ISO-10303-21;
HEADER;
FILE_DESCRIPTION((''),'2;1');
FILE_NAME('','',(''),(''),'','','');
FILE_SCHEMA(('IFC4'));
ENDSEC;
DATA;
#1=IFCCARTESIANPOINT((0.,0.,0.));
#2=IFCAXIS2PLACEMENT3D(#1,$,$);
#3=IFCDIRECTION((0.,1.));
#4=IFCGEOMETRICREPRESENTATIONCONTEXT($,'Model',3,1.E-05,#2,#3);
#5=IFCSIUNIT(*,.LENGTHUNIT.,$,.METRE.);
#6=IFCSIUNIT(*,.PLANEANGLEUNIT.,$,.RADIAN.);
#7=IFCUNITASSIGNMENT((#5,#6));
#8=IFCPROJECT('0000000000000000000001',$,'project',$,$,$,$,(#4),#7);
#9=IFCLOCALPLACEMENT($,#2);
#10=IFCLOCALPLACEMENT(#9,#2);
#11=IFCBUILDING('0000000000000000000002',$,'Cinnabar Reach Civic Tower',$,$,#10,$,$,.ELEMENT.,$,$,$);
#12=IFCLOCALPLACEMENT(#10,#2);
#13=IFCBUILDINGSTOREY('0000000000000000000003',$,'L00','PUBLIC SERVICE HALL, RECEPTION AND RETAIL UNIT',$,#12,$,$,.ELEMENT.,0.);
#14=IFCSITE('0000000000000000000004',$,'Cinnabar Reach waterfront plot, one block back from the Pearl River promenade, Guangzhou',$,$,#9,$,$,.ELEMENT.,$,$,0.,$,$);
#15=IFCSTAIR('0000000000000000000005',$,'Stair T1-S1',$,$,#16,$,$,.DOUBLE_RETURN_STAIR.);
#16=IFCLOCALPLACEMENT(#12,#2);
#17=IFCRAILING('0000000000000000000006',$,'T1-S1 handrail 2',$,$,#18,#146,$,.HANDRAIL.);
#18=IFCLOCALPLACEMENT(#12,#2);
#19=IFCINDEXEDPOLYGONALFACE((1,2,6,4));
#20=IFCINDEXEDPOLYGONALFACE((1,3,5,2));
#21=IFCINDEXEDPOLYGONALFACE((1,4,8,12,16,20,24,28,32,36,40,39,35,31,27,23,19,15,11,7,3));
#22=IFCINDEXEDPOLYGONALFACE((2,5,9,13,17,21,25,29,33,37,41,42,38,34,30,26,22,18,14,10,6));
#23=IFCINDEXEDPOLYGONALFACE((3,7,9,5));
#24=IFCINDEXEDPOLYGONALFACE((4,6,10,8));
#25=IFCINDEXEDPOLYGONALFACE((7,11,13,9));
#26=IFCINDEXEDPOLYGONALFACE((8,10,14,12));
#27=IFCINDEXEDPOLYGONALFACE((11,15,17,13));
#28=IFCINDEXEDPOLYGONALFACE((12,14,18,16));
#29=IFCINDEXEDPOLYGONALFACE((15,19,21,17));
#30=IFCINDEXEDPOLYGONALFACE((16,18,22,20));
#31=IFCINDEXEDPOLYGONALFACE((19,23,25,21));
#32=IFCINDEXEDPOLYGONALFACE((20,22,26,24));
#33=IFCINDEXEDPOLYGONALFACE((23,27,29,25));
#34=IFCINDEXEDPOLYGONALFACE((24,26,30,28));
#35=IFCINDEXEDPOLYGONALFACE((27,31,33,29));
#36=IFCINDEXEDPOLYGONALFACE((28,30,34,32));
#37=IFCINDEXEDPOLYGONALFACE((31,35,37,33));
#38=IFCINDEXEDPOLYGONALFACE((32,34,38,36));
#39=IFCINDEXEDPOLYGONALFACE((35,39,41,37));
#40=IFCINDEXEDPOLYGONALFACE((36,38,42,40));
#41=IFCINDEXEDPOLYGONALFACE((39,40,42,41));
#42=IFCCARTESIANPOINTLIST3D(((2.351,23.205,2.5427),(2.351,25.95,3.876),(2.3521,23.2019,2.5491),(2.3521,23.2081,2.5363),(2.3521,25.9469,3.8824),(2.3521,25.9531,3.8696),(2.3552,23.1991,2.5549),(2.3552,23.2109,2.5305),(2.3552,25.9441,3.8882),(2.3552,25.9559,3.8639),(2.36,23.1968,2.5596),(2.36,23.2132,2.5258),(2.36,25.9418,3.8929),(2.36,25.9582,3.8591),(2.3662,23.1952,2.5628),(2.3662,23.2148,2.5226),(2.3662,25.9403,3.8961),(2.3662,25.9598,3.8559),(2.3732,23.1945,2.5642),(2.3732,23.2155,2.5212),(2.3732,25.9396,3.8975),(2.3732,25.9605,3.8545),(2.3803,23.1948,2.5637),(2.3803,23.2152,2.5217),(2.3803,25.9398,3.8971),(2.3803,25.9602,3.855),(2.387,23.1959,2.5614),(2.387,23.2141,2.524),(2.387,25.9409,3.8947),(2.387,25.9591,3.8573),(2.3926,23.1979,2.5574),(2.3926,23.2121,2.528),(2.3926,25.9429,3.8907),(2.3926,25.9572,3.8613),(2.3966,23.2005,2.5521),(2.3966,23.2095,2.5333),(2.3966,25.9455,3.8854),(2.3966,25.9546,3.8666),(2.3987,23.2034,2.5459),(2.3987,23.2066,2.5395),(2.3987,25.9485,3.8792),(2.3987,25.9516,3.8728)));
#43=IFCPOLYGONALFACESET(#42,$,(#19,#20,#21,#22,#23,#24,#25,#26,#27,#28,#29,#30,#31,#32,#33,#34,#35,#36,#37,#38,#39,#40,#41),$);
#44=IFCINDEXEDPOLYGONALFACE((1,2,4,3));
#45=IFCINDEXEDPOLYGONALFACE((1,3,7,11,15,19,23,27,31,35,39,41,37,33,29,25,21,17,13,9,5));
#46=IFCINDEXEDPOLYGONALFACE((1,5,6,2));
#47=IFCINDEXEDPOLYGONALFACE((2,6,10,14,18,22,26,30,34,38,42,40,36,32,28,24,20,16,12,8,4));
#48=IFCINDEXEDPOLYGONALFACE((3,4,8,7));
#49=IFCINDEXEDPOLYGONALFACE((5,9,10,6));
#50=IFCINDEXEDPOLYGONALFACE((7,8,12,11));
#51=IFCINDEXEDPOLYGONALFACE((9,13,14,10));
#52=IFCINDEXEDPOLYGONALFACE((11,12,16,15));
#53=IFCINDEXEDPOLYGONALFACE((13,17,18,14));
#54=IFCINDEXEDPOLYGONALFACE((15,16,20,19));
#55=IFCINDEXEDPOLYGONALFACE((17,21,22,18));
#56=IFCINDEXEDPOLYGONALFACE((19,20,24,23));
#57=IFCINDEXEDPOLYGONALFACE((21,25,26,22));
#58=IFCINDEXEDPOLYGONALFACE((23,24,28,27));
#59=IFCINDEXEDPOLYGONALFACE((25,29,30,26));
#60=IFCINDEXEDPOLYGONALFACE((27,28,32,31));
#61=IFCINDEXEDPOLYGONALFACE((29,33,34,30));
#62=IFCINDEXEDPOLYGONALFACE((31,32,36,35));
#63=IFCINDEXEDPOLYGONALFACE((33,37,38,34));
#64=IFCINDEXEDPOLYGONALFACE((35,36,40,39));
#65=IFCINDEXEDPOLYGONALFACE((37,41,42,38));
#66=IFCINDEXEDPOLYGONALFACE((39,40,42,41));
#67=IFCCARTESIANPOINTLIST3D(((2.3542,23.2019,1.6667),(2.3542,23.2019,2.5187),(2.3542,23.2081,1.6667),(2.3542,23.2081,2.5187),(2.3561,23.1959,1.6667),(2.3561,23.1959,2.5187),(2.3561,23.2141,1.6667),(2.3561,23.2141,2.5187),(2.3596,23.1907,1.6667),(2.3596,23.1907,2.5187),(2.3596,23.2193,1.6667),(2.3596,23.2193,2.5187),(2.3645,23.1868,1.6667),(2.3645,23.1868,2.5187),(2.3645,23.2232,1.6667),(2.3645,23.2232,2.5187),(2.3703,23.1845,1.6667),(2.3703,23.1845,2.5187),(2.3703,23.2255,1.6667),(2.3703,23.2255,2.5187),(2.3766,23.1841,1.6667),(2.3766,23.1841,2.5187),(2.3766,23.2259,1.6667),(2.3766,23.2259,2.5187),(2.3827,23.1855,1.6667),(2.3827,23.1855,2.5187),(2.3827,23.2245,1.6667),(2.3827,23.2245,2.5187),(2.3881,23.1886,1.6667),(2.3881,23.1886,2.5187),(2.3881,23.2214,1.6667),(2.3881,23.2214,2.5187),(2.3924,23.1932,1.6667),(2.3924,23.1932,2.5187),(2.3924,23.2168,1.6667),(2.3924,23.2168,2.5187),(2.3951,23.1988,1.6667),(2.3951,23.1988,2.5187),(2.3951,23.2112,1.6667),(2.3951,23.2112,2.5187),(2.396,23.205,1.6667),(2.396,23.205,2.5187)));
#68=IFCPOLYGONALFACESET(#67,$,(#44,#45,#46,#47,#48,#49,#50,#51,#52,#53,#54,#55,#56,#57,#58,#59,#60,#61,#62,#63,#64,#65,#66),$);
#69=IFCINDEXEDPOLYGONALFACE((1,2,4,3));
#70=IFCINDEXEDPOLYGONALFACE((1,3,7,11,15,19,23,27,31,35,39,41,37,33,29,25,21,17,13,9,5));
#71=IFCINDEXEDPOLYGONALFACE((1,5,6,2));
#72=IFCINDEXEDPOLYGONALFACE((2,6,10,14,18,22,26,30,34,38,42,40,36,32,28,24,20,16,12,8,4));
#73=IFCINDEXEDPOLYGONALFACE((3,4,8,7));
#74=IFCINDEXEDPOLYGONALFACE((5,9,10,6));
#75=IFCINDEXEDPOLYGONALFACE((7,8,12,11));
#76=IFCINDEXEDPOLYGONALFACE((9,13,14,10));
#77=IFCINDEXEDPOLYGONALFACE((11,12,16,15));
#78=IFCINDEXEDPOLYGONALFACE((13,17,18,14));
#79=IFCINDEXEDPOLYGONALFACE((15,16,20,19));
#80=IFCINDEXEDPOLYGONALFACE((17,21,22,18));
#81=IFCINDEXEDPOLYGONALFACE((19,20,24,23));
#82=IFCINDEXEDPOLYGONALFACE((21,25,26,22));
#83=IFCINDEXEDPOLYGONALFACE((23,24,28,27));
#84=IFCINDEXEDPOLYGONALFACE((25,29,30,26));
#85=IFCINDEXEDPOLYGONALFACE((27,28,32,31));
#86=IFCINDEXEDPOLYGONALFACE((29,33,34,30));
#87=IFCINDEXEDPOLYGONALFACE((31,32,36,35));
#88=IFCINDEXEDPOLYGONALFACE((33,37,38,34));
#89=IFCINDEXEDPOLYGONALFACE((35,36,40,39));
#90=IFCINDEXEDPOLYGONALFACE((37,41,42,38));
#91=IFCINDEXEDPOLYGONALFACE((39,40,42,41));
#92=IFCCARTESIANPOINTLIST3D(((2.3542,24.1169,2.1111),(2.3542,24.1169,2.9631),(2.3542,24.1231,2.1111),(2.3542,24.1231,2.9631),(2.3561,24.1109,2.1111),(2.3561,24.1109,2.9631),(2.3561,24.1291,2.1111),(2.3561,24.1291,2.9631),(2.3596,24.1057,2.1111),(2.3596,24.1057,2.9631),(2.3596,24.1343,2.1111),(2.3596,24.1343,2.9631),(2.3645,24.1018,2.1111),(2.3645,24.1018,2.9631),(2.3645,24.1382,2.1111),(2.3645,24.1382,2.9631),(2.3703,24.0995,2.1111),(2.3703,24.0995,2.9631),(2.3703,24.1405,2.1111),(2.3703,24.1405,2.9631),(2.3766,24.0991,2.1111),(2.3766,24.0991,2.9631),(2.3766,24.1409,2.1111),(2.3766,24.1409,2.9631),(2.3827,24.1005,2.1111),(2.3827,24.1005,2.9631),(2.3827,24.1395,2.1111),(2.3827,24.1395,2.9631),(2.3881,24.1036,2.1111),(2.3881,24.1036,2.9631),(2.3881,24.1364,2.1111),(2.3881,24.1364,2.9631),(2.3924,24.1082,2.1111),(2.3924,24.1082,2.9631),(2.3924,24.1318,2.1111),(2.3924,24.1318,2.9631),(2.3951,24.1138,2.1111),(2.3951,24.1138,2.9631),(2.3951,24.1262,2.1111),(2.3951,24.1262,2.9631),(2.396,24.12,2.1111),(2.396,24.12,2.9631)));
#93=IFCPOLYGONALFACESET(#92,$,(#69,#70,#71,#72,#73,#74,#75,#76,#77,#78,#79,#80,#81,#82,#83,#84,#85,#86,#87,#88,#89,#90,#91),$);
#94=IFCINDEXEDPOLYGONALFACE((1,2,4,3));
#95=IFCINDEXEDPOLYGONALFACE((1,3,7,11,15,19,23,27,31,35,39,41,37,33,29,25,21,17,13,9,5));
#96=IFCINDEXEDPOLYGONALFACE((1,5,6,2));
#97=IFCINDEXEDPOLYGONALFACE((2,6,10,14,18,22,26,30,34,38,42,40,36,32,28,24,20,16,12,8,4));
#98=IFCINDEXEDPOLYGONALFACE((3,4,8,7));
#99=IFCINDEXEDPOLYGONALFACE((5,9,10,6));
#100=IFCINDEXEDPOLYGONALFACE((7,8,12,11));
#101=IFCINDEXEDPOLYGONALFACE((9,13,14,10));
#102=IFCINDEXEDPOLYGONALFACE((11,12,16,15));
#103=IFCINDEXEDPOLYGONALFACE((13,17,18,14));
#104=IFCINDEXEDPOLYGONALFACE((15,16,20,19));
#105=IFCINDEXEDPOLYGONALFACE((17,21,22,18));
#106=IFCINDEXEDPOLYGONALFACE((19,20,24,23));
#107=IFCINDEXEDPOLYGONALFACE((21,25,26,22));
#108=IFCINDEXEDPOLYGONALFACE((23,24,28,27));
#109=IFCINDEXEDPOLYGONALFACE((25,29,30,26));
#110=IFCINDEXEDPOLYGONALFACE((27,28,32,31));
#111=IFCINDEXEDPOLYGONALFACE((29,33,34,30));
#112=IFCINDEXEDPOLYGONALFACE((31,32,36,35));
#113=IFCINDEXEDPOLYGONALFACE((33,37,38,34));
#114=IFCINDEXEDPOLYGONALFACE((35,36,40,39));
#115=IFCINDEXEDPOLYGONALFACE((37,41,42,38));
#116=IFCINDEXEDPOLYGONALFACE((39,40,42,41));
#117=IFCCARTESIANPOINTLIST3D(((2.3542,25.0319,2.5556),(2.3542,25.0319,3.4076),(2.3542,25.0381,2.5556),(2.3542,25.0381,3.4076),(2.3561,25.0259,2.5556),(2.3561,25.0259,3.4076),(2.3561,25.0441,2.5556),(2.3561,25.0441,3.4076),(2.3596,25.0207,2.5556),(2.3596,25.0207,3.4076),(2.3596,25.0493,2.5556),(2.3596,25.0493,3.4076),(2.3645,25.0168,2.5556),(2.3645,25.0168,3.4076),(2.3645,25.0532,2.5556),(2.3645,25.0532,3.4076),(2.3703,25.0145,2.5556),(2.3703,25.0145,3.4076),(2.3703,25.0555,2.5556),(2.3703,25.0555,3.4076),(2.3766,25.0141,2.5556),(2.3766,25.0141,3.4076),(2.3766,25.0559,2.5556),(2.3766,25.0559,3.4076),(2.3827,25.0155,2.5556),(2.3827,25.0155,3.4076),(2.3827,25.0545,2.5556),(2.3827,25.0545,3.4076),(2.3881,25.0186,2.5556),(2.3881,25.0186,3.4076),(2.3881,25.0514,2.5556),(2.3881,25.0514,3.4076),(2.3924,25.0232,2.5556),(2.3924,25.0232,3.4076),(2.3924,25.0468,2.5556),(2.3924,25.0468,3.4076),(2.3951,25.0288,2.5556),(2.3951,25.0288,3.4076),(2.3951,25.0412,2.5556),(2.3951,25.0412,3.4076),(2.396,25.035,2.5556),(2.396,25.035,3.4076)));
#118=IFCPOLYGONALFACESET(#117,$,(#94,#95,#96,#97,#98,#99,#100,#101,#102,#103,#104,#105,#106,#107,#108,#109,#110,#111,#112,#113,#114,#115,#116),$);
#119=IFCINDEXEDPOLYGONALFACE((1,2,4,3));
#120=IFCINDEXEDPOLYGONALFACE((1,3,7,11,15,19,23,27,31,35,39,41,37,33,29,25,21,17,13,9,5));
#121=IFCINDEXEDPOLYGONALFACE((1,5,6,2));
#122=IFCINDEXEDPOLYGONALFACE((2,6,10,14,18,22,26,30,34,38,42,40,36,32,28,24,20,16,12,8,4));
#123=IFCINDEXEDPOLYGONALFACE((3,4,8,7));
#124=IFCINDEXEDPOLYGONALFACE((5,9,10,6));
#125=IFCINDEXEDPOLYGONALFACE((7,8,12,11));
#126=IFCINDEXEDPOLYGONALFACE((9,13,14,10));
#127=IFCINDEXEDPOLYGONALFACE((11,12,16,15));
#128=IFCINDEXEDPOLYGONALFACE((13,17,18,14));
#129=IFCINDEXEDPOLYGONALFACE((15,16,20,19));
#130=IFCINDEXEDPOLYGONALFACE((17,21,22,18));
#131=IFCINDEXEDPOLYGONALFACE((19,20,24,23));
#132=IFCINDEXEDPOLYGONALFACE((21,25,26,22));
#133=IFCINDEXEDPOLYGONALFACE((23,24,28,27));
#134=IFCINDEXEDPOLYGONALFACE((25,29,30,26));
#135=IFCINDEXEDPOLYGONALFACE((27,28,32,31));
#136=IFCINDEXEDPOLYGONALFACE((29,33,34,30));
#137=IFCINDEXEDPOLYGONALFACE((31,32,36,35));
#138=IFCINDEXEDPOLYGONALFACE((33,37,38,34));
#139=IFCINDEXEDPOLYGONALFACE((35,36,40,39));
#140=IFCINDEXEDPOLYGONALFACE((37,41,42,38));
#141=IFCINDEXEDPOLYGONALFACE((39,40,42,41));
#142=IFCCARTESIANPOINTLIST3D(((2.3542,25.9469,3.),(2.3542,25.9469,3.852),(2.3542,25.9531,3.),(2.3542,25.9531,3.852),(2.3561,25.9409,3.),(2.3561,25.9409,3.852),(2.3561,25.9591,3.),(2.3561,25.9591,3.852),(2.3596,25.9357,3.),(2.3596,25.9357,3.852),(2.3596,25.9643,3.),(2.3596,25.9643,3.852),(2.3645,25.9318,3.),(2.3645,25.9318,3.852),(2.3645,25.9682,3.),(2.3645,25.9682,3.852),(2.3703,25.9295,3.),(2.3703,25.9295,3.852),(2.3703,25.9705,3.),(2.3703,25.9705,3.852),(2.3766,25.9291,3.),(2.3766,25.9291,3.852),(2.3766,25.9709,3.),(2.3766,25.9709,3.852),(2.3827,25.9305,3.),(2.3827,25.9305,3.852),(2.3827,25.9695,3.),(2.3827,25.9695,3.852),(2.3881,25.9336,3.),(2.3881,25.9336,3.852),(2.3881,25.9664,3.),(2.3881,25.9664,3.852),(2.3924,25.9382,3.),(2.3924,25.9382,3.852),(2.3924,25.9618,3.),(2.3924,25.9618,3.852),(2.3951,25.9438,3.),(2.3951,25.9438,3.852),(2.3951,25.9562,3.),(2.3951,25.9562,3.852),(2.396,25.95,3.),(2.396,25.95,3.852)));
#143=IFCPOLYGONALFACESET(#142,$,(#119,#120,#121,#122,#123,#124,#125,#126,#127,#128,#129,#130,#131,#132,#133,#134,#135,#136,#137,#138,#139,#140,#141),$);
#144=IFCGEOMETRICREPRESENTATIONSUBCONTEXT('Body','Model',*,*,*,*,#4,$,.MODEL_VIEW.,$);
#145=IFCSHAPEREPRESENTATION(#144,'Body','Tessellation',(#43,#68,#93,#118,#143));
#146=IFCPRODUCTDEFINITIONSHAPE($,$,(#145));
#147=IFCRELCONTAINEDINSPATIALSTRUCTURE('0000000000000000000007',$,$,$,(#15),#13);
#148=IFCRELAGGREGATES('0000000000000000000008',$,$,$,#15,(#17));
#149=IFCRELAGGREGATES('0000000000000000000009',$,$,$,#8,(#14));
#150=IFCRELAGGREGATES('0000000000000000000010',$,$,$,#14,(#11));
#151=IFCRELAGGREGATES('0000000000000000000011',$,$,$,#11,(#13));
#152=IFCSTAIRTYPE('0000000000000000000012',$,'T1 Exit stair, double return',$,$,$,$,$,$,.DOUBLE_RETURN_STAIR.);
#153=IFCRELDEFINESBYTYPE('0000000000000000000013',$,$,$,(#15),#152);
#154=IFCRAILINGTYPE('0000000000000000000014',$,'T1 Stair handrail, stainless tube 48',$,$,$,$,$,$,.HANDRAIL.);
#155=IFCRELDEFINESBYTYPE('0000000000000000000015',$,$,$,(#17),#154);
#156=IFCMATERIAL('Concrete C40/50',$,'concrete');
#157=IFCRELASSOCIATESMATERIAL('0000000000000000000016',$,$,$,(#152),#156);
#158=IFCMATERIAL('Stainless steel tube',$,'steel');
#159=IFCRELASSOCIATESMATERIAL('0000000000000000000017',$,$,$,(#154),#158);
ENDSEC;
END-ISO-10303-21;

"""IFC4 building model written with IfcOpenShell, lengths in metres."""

from ifc_helpers import new_model, si_unit, direction, frame, origin, origin_2d, place, context, subcontext, project, spatial, circle, extrude, material, type_object, element, aggregate, save


model = new_model("IFC4")

# Units and contexts
model_context = context("Model", 3, precision=1e-05, world=origin(), true_north=direction((0.0, 1.0)))
body_context = subcontext(model_context, "Body", "Model", "MODEL_VIEW")
ifc_project = project(units=[si_unit("LENGTHUNIT", "METRE"), si_unit("PLANEANGLEUNIT", "RADIAN")], contexts=[model_context])

# Site, building, storey
site_placement = place(None, origin())
site = spatial("IfcSite", under=ifc_project, at=site_placement, Name="Cinnabar Reach waterfront plot, one block back from the Pearl River promenade, Guangzhou", CompositionType="ELEMENT", RefElevation=0.0)
building_placement = place(site_placement, origin())
building = spatial("IfcBuilding", under=site, at=building_placement, Name="Cinnabar Reach Civic Tower", CompositionType="ELEMENT")
storey_placement = place(building_placement, origin())
storey = spatial("IfcBuildingStorey", under=building, at=storey_placement, Name="L00", Description="PUBLIC SERVICE HALL, RECEPTION AND RETAIL UNIT", CompositionType="ELEMENT", Elevation=0.0)

# Stair, railing
ifc_material_1 = material(Name="Concrete C40/50", Category="concrete")
stair_type = type_object("IfcStairType", Name="T1 Exit stair, double return", PredefinedType="DOUBLE_RETURN_STAIR", material=ifc_material_1)
stair_placement = place(storey_placement, origin())
stair = element("IfcStair", 1, at=stair_placement, inside=storey, type_object=stair_type, Name="Stair T1-S1", PredefinedType="DOUBLE_RETURN_STAIR")
ifc_material_2 = material(Name="Stainless steel tube", Category="steel")
railing_type_1 = type_object("IfcRailingType", Name="T1 Stair handrail, stainless tube 48", PredefinedType="HANDRAIL", material=ifc_material_2)
railing_1_placement = place(storey_placement, frame((2.375, 23.205, 1.6667)))
railing_1 = element("IfcRailing", 2, at=railing_1_placement, type_object=railing_type_1, Name="T1-S1 handrail 2", PredefinedType="HANDRAIL", context=body_context, shape_type="SweptSolid", body=[
    extrude(circle(Radius=0.024, at=origin_2d()), frame((0.0, 0.0, 0.876), z_axis=(0.0, 0.899506, 0.436908), x_axis=(-1.0, 0.0, 0.0)), (0.0, 0.0, 1.0), 3.0517),
    extrude(circle(Radius=0.021, at=origin_2d()), origin(), (0.0, 0.0, 1.0), 0.852),
    extrude(circle(Radius=0.021, at=origin_2d()), frame((0.0, 0.915, 0.4444)), (0.0, 0.0, 1.0), 0.852),
    extrude(circle(Radius=0.021, at=origin_2d()), frame((0.0, 1.83, 0.8889)), (0.0, 0.0, 1.0), 0.852),
    extrude(circle(Radius=0.021, at=origin_2d()), frame((0.0, 2.745, 1.3333)), (0.0, 0.0, 1.0), 0.852),
])
aggregate(stair, [railing_1])

save(model, "model.ifc")
